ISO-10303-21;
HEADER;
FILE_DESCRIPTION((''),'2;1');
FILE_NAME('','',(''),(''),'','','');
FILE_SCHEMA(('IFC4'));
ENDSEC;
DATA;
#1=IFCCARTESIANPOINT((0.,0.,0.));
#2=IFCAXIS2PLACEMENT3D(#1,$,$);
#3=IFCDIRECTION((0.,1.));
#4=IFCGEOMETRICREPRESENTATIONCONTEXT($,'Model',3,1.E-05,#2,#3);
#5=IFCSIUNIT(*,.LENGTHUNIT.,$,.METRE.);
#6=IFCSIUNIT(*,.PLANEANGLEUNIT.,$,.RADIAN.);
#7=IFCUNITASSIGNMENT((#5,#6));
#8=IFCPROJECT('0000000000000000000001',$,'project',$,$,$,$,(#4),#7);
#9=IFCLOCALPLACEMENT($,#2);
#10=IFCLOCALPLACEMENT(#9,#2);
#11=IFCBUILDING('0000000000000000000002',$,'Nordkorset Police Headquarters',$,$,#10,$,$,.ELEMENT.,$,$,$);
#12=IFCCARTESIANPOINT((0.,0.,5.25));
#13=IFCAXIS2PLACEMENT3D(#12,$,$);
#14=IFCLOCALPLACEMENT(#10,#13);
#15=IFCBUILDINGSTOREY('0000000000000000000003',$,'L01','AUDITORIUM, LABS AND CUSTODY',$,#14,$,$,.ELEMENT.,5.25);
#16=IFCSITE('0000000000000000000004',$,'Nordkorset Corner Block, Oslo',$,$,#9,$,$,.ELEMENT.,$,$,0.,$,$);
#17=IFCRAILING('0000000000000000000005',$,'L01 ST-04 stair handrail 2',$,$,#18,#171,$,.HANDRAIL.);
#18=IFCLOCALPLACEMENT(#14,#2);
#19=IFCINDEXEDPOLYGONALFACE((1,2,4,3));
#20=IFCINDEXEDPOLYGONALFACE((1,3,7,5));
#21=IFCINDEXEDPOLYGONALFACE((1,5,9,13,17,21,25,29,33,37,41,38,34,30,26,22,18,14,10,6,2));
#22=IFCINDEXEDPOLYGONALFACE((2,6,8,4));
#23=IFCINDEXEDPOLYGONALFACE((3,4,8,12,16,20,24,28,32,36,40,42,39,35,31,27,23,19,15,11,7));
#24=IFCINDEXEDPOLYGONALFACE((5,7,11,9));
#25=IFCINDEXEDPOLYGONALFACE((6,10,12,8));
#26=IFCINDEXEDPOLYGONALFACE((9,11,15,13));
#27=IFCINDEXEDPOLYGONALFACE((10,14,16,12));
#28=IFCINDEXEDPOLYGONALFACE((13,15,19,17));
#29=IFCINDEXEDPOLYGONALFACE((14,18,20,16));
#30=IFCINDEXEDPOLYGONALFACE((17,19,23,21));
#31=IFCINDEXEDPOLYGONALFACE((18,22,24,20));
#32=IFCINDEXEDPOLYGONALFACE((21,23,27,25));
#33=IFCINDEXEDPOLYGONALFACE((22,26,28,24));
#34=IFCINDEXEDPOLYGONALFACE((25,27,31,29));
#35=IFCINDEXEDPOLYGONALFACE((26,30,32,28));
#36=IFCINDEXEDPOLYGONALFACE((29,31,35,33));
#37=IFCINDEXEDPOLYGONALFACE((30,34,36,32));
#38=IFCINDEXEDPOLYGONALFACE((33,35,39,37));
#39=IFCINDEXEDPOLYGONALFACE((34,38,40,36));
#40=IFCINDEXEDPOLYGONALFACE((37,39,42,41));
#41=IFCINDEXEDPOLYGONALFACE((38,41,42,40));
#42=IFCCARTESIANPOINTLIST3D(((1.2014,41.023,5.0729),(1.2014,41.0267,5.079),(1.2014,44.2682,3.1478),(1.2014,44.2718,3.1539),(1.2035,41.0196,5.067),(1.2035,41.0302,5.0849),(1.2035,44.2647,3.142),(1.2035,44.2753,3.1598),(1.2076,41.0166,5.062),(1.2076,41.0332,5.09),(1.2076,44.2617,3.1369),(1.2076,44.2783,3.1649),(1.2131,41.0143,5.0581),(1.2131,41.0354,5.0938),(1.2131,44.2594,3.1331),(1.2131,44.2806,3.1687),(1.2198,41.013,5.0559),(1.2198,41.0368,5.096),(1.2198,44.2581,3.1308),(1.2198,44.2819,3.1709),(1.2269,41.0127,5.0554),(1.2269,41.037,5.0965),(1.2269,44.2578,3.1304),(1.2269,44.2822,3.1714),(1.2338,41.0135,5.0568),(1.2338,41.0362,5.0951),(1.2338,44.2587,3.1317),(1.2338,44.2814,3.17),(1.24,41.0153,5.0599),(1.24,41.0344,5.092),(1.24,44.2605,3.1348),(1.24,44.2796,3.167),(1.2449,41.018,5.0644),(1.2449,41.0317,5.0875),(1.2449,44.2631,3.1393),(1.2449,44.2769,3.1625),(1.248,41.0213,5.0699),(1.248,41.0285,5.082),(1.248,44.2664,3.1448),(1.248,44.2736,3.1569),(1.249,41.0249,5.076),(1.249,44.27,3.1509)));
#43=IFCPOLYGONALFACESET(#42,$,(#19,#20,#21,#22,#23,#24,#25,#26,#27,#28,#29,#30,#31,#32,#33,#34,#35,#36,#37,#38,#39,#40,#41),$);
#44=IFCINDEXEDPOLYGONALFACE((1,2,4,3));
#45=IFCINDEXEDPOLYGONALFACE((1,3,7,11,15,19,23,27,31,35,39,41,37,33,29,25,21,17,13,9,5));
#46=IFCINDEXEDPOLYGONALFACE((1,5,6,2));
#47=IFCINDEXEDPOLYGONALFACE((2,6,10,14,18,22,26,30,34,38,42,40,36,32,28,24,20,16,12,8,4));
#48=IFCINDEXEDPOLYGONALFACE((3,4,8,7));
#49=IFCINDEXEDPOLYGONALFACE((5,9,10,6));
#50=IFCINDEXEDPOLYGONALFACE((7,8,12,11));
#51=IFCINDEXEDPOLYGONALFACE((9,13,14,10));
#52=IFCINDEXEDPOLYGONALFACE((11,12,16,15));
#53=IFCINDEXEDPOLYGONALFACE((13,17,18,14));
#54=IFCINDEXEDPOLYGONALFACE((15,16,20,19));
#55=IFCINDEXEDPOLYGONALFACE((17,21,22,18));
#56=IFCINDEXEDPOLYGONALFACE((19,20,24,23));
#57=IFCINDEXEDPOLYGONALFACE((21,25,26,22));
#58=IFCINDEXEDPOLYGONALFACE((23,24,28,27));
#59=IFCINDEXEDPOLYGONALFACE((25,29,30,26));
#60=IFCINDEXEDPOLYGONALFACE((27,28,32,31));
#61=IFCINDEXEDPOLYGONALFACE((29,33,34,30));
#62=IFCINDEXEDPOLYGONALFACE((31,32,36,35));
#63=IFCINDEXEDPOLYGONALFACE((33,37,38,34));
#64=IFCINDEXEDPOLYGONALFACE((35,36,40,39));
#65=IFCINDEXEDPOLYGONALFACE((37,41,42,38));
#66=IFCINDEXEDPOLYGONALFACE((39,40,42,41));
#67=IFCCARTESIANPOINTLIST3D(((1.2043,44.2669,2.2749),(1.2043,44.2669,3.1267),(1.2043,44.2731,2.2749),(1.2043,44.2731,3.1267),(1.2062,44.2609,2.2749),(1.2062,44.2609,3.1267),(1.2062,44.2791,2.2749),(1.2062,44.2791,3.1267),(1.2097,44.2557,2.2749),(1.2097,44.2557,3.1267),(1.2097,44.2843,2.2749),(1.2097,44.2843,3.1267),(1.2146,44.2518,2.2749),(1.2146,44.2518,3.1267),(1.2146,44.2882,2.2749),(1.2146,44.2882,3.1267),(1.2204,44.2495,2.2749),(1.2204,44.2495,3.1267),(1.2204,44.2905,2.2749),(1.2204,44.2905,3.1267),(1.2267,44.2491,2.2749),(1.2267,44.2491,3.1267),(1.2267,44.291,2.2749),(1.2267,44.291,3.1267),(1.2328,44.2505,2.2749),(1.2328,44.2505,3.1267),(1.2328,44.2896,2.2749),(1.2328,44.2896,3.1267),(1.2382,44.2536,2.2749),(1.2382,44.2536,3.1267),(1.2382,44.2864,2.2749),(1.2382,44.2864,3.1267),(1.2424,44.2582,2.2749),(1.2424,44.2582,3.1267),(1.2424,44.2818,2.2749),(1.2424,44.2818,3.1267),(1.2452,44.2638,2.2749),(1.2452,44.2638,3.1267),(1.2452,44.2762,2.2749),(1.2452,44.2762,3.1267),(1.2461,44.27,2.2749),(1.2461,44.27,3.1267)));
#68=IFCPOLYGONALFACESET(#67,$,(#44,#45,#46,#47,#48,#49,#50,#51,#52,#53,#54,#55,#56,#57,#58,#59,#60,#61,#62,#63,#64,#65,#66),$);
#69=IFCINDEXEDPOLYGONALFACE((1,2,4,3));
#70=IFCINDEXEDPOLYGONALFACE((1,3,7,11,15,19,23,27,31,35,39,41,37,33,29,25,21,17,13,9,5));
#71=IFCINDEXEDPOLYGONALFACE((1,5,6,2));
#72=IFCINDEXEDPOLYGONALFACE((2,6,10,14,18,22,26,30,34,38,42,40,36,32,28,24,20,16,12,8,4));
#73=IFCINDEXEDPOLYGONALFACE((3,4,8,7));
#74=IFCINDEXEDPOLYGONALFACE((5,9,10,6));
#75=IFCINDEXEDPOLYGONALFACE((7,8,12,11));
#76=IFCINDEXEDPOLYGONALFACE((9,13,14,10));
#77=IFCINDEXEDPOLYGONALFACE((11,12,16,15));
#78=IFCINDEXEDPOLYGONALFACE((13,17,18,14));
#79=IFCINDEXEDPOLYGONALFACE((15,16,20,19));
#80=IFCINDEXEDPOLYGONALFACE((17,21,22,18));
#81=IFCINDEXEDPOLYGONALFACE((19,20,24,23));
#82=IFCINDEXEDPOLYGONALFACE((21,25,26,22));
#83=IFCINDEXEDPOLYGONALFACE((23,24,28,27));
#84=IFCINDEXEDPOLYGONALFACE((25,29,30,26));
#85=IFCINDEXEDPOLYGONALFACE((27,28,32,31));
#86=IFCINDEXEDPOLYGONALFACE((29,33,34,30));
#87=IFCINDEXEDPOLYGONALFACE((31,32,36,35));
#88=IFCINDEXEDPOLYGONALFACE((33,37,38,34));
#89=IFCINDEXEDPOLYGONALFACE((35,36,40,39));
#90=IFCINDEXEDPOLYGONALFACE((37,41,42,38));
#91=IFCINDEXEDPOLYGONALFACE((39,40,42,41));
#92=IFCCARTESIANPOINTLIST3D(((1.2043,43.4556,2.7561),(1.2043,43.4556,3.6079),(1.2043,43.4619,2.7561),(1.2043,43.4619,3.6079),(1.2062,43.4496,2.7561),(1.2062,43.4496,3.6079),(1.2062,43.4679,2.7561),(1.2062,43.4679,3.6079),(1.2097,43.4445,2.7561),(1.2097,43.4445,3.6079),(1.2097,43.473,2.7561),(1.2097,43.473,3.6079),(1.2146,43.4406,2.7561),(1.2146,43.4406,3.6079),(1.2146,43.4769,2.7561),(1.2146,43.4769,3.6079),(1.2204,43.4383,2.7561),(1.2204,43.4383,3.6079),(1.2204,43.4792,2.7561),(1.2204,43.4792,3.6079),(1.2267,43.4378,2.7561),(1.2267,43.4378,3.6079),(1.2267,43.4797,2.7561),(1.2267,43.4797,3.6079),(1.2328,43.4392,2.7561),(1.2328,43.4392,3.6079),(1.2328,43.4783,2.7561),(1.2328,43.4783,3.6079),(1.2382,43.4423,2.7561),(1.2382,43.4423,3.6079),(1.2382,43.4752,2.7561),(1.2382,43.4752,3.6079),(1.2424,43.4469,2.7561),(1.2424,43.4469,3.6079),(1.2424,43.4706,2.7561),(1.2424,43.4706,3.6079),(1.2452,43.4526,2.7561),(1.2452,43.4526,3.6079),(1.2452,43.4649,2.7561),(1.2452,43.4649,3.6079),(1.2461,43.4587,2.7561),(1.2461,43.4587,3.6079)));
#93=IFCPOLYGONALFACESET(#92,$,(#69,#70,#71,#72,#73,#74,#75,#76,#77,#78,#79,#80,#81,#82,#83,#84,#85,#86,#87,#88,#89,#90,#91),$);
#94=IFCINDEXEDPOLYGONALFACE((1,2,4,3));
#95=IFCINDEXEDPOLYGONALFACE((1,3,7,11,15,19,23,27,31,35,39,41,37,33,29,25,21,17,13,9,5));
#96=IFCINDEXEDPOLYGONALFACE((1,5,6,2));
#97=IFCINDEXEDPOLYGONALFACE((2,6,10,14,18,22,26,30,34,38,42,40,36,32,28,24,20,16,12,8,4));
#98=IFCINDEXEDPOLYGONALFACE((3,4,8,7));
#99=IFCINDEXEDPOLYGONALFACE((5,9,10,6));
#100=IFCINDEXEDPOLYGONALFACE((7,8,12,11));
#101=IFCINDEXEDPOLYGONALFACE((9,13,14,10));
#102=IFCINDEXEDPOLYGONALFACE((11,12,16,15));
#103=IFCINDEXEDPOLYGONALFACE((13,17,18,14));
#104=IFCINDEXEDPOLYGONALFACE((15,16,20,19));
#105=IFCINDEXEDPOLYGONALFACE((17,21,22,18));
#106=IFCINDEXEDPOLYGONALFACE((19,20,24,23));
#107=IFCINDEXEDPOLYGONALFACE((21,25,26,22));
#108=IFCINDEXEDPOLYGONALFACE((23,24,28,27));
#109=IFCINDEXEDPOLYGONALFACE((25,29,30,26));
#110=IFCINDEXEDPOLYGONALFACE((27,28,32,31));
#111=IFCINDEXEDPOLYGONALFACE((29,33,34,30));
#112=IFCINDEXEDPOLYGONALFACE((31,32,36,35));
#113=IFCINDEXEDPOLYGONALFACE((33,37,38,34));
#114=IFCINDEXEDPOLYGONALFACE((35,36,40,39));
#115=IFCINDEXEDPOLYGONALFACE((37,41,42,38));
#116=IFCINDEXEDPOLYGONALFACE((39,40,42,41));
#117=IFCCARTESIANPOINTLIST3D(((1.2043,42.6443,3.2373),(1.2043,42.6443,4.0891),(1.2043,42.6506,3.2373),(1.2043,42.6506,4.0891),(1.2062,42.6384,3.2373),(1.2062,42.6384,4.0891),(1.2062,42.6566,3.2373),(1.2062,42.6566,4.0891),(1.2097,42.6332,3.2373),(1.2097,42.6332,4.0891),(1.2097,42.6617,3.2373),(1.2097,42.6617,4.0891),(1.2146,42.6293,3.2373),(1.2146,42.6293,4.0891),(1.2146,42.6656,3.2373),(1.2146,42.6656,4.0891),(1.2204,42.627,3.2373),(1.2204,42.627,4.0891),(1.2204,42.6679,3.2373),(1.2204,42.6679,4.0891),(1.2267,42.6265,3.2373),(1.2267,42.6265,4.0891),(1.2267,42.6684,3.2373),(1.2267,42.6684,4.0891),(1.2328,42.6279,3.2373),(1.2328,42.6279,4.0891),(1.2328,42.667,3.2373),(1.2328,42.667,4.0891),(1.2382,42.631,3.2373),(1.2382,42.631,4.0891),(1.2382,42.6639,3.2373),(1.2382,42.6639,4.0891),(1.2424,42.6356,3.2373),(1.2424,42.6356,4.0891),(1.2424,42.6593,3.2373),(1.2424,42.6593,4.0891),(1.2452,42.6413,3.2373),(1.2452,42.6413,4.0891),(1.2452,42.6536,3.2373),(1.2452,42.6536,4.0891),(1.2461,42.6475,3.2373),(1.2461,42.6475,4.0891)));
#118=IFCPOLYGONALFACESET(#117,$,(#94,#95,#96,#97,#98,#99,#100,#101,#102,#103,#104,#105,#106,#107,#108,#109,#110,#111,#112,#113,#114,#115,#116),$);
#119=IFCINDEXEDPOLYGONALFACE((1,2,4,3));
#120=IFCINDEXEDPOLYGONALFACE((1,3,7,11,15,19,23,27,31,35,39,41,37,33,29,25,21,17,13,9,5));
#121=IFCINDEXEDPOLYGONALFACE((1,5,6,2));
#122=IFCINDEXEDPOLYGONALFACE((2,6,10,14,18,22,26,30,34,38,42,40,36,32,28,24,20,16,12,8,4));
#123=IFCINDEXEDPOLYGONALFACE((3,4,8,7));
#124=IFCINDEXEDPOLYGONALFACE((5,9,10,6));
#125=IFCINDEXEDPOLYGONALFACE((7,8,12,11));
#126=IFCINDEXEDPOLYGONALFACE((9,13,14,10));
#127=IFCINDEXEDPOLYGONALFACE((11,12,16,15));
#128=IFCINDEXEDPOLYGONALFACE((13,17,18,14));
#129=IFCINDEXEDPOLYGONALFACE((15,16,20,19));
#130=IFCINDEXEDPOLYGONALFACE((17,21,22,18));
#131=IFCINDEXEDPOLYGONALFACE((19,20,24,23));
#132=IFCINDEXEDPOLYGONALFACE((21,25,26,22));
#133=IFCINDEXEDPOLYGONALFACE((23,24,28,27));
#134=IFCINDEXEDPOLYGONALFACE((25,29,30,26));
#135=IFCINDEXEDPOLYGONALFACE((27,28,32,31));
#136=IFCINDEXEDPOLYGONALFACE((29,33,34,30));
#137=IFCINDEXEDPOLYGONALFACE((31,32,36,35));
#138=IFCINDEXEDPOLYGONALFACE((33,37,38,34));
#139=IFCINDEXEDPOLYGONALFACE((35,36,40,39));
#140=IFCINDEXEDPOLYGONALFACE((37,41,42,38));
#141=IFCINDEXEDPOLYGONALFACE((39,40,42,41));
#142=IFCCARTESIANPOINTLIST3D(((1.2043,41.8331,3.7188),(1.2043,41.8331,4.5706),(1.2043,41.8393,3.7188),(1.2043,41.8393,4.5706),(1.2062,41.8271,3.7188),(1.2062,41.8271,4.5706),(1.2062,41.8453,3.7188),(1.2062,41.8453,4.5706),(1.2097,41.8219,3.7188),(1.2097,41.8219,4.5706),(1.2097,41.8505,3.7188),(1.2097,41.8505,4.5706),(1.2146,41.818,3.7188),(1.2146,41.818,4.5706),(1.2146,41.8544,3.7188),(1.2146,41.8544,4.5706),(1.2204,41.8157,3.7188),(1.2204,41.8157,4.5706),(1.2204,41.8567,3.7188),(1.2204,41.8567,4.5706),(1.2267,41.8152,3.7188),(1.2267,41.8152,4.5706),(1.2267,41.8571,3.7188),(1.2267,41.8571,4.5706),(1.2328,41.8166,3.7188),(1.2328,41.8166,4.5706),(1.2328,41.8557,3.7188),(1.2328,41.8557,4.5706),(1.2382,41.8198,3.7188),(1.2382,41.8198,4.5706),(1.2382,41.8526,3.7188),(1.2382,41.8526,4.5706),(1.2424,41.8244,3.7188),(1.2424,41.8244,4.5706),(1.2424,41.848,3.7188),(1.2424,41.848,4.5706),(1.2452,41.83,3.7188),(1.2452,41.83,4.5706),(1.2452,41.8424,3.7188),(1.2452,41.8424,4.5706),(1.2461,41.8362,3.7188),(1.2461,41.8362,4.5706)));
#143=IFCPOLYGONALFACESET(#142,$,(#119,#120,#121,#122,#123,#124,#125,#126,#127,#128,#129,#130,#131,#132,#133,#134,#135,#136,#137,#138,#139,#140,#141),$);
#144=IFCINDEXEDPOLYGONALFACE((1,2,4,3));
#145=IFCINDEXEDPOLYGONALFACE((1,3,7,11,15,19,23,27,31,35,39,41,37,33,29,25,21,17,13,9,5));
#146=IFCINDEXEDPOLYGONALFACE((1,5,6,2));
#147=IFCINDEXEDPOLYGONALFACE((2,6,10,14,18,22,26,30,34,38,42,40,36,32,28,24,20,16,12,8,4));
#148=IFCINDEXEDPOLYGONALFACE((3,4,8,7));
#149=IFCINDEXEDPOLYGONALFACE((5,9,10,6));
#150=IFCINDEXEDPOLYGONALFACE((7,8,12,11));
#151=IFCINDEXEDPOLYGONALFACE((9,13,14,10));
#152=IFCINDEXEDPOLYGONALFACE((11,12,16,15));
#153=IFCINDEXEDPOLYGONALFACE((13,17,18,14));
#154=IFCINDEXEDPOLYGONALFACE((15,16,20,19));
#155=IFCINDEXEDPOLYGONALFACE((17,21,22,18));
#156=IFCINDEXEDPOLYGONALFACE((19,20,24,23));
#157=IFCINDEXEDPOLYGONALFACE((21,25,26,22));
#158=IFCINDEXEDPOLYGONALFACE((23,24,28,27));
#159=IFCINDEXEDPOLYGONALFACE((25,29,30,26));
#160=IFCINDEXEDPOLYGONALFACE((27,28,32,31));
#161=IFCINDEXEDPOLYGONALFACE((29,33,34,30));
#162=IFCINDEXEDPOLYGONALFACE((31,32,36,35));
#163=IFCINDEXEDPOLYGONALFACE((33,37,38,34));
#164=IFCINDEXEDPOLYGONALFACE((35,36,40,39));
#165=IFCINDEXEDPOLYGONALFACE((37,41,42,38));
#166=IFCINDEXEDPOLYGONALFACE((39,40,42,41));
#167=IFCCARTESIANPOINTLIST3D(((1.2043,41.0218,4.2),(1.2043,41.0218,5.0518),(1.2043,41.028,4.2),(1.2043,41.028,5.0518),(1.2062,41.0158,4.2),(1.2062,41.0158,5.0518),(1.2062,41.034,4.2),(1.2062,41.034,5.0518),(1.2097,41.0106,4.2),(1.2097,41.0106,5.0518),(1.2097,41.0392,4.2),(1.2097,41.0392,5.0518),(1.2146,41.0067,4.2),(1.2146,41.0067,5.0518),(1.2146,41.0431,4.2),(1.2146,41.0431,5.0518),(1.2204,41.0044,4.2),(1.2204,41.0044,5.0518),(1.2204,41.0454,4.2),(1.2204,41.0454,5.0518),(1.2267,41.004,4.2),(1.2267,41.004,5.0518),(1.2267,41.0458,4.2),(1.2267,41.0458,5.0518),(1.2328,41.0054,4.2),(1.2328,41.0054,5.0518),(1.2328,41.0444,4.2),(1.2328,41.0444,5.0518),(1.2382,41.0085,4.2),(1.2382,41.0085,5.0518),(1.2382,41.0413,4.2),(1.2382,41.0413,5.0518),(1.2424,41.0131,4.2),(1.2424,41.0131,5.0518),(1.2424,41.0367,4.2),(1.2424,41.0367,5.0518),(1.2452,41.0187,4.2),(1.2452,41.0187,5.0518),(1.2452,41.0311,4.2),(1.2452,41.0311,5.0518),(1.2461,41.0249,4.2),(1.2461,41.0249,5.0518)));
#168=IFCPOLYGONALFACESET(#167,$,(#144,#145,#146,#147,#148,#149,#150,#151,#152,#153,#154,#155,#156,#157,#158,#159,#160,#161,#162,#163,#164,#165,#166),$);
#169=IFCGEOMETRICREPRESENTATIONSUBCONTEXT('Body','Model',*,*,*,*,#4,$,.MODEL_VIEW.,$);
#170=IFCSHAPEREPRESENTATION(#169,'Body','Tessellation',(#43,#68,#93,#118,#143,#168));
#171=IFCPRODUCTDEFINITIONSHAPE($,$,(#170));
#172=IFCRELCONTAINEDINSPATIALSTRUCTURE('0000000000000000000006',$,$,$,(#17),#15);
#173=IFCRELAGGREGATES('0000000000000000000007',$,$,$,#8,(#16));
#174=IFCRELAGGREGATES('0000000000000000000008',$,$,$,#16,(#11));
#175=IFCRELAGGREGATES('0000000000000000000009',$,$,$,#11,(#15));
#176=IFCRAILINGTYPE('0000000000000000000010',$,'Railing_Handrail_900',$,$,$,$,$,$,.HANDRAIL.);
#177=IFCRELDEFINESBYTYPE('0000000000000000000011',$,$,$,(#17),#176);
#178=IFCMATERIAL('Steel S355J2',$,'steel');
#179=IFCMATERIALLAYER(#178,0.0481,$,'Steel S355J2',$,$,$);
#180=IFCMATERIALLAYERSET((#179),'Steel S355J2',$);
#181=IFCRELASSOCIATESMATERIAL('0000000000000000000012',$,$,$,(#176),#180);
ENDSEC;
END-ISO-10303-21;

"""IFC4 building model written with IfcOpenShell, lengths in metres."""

from ifc_helpers import new_model, si_unit, direction, frame, origin, origin_2d, place, context, subcontext, project, spatial, circle, extrude, material, layer, layer_set, type_object, element, save


model = new_model("IFC4")

# Units and contexts
model_context = context("Model", 3, precision=1e-05, world=origin(), true_north=direction((0.0, 1.0)))
body_context = subcontext(model_context, "Body", "Model", "MODEL_VIEW")
ifc_project = project(units=[si_unit("LENGTHUNIT", "METRE"), si_unit("PLANEANGLEUNIT", "RADIAN")], contexts=[model_context])

# Site, building, storey
site_placement = place(None, origin())
site = spatial("IfcSite", under=ifc_project, at=site_placement, Name="Nordkorset Corner Block, Oslo", CompositionType="ELEMENT", RefElevation=0.0)
building_placement = place(site_placement, origin())
building = spatial("IfcBuilding", under=site, at=building_placement, Name="Nordkorset Police Headquarters", CompositionType="ELEMENT")
storey_placement = place(building_placement, frame((0.0, 0.0, 5.25)))
storey = spatial("IfcBuildingStorey", under=building, at=storey_placement, Name="L01", Description="AUDITORIUM, LABS AND CUSTODY", CompositionType="ELEMENT", Elevation=5.25)

# Railing
ifc_material_1 = material(Name="Steel S355J2", Category="steel")
ifc_layer_1 = layer(ifc_material_1, 0.0481, Name="Steel S355J2")
ifc_layer_set_1 = layer_set([ifc_layer_1], Name="Steel S355J2")
railing_type_1 = type_object("IfcRailingType", Name="Railing_Handrail_900", PredefinedType="HANDRAIL", material=ifc_layer_set_1)
railing_1_placement = place(storey_placement, frame((1.2251, 44.27, 2.2749)))
element("IfcRailing", 1, at=railing_1_placement, inside=storey, type_object=railing_type_1, Name="L01 ST-04 stair handrail 2", PredefinedType="HANDRAIL", context=body_context, shape_type="SweptSolid", body=[
    extrude(circle(Radius=0.0239, at=origin_2d()), frame((0.0, 0.0, 0.876), z_axis=(0.0, -0.860057, 0.510198), x_axis=(1.0, 0.0, 0.0)), (0.0, 0.0, 1.0), 3.7732),
    extrude(circle(Radius=0.021, at=origin_2d()), origin(), (0.0, 0.0, 1.0), 0.8518),
    extrude(circle(Radius=0.021, at=origin_2d()), frame((0.0, -0.8113, 0.4812)), (0.0, 0.0, 1.0), 0.8518),
    extrude(circle(Radius=0.021, at=origin_2d()), frame((0.0, -1.6226, 0.9624)), (0.0, 0.0, 1.0), 0.8518),
    extrude(circle(Radius=0.021, at=origin_2d()), frame((0.0, -2.4338, 1.4438)), (0.0, 0.0, 1.0), 0.8518),
    extrude(circle(Radius=0.021, at=origin_2d()), frame((0.0, -3.2451, 1.925)), (0.0, 0.0, 1.0), 0.8518),
])

save(model, "model.ifc")
